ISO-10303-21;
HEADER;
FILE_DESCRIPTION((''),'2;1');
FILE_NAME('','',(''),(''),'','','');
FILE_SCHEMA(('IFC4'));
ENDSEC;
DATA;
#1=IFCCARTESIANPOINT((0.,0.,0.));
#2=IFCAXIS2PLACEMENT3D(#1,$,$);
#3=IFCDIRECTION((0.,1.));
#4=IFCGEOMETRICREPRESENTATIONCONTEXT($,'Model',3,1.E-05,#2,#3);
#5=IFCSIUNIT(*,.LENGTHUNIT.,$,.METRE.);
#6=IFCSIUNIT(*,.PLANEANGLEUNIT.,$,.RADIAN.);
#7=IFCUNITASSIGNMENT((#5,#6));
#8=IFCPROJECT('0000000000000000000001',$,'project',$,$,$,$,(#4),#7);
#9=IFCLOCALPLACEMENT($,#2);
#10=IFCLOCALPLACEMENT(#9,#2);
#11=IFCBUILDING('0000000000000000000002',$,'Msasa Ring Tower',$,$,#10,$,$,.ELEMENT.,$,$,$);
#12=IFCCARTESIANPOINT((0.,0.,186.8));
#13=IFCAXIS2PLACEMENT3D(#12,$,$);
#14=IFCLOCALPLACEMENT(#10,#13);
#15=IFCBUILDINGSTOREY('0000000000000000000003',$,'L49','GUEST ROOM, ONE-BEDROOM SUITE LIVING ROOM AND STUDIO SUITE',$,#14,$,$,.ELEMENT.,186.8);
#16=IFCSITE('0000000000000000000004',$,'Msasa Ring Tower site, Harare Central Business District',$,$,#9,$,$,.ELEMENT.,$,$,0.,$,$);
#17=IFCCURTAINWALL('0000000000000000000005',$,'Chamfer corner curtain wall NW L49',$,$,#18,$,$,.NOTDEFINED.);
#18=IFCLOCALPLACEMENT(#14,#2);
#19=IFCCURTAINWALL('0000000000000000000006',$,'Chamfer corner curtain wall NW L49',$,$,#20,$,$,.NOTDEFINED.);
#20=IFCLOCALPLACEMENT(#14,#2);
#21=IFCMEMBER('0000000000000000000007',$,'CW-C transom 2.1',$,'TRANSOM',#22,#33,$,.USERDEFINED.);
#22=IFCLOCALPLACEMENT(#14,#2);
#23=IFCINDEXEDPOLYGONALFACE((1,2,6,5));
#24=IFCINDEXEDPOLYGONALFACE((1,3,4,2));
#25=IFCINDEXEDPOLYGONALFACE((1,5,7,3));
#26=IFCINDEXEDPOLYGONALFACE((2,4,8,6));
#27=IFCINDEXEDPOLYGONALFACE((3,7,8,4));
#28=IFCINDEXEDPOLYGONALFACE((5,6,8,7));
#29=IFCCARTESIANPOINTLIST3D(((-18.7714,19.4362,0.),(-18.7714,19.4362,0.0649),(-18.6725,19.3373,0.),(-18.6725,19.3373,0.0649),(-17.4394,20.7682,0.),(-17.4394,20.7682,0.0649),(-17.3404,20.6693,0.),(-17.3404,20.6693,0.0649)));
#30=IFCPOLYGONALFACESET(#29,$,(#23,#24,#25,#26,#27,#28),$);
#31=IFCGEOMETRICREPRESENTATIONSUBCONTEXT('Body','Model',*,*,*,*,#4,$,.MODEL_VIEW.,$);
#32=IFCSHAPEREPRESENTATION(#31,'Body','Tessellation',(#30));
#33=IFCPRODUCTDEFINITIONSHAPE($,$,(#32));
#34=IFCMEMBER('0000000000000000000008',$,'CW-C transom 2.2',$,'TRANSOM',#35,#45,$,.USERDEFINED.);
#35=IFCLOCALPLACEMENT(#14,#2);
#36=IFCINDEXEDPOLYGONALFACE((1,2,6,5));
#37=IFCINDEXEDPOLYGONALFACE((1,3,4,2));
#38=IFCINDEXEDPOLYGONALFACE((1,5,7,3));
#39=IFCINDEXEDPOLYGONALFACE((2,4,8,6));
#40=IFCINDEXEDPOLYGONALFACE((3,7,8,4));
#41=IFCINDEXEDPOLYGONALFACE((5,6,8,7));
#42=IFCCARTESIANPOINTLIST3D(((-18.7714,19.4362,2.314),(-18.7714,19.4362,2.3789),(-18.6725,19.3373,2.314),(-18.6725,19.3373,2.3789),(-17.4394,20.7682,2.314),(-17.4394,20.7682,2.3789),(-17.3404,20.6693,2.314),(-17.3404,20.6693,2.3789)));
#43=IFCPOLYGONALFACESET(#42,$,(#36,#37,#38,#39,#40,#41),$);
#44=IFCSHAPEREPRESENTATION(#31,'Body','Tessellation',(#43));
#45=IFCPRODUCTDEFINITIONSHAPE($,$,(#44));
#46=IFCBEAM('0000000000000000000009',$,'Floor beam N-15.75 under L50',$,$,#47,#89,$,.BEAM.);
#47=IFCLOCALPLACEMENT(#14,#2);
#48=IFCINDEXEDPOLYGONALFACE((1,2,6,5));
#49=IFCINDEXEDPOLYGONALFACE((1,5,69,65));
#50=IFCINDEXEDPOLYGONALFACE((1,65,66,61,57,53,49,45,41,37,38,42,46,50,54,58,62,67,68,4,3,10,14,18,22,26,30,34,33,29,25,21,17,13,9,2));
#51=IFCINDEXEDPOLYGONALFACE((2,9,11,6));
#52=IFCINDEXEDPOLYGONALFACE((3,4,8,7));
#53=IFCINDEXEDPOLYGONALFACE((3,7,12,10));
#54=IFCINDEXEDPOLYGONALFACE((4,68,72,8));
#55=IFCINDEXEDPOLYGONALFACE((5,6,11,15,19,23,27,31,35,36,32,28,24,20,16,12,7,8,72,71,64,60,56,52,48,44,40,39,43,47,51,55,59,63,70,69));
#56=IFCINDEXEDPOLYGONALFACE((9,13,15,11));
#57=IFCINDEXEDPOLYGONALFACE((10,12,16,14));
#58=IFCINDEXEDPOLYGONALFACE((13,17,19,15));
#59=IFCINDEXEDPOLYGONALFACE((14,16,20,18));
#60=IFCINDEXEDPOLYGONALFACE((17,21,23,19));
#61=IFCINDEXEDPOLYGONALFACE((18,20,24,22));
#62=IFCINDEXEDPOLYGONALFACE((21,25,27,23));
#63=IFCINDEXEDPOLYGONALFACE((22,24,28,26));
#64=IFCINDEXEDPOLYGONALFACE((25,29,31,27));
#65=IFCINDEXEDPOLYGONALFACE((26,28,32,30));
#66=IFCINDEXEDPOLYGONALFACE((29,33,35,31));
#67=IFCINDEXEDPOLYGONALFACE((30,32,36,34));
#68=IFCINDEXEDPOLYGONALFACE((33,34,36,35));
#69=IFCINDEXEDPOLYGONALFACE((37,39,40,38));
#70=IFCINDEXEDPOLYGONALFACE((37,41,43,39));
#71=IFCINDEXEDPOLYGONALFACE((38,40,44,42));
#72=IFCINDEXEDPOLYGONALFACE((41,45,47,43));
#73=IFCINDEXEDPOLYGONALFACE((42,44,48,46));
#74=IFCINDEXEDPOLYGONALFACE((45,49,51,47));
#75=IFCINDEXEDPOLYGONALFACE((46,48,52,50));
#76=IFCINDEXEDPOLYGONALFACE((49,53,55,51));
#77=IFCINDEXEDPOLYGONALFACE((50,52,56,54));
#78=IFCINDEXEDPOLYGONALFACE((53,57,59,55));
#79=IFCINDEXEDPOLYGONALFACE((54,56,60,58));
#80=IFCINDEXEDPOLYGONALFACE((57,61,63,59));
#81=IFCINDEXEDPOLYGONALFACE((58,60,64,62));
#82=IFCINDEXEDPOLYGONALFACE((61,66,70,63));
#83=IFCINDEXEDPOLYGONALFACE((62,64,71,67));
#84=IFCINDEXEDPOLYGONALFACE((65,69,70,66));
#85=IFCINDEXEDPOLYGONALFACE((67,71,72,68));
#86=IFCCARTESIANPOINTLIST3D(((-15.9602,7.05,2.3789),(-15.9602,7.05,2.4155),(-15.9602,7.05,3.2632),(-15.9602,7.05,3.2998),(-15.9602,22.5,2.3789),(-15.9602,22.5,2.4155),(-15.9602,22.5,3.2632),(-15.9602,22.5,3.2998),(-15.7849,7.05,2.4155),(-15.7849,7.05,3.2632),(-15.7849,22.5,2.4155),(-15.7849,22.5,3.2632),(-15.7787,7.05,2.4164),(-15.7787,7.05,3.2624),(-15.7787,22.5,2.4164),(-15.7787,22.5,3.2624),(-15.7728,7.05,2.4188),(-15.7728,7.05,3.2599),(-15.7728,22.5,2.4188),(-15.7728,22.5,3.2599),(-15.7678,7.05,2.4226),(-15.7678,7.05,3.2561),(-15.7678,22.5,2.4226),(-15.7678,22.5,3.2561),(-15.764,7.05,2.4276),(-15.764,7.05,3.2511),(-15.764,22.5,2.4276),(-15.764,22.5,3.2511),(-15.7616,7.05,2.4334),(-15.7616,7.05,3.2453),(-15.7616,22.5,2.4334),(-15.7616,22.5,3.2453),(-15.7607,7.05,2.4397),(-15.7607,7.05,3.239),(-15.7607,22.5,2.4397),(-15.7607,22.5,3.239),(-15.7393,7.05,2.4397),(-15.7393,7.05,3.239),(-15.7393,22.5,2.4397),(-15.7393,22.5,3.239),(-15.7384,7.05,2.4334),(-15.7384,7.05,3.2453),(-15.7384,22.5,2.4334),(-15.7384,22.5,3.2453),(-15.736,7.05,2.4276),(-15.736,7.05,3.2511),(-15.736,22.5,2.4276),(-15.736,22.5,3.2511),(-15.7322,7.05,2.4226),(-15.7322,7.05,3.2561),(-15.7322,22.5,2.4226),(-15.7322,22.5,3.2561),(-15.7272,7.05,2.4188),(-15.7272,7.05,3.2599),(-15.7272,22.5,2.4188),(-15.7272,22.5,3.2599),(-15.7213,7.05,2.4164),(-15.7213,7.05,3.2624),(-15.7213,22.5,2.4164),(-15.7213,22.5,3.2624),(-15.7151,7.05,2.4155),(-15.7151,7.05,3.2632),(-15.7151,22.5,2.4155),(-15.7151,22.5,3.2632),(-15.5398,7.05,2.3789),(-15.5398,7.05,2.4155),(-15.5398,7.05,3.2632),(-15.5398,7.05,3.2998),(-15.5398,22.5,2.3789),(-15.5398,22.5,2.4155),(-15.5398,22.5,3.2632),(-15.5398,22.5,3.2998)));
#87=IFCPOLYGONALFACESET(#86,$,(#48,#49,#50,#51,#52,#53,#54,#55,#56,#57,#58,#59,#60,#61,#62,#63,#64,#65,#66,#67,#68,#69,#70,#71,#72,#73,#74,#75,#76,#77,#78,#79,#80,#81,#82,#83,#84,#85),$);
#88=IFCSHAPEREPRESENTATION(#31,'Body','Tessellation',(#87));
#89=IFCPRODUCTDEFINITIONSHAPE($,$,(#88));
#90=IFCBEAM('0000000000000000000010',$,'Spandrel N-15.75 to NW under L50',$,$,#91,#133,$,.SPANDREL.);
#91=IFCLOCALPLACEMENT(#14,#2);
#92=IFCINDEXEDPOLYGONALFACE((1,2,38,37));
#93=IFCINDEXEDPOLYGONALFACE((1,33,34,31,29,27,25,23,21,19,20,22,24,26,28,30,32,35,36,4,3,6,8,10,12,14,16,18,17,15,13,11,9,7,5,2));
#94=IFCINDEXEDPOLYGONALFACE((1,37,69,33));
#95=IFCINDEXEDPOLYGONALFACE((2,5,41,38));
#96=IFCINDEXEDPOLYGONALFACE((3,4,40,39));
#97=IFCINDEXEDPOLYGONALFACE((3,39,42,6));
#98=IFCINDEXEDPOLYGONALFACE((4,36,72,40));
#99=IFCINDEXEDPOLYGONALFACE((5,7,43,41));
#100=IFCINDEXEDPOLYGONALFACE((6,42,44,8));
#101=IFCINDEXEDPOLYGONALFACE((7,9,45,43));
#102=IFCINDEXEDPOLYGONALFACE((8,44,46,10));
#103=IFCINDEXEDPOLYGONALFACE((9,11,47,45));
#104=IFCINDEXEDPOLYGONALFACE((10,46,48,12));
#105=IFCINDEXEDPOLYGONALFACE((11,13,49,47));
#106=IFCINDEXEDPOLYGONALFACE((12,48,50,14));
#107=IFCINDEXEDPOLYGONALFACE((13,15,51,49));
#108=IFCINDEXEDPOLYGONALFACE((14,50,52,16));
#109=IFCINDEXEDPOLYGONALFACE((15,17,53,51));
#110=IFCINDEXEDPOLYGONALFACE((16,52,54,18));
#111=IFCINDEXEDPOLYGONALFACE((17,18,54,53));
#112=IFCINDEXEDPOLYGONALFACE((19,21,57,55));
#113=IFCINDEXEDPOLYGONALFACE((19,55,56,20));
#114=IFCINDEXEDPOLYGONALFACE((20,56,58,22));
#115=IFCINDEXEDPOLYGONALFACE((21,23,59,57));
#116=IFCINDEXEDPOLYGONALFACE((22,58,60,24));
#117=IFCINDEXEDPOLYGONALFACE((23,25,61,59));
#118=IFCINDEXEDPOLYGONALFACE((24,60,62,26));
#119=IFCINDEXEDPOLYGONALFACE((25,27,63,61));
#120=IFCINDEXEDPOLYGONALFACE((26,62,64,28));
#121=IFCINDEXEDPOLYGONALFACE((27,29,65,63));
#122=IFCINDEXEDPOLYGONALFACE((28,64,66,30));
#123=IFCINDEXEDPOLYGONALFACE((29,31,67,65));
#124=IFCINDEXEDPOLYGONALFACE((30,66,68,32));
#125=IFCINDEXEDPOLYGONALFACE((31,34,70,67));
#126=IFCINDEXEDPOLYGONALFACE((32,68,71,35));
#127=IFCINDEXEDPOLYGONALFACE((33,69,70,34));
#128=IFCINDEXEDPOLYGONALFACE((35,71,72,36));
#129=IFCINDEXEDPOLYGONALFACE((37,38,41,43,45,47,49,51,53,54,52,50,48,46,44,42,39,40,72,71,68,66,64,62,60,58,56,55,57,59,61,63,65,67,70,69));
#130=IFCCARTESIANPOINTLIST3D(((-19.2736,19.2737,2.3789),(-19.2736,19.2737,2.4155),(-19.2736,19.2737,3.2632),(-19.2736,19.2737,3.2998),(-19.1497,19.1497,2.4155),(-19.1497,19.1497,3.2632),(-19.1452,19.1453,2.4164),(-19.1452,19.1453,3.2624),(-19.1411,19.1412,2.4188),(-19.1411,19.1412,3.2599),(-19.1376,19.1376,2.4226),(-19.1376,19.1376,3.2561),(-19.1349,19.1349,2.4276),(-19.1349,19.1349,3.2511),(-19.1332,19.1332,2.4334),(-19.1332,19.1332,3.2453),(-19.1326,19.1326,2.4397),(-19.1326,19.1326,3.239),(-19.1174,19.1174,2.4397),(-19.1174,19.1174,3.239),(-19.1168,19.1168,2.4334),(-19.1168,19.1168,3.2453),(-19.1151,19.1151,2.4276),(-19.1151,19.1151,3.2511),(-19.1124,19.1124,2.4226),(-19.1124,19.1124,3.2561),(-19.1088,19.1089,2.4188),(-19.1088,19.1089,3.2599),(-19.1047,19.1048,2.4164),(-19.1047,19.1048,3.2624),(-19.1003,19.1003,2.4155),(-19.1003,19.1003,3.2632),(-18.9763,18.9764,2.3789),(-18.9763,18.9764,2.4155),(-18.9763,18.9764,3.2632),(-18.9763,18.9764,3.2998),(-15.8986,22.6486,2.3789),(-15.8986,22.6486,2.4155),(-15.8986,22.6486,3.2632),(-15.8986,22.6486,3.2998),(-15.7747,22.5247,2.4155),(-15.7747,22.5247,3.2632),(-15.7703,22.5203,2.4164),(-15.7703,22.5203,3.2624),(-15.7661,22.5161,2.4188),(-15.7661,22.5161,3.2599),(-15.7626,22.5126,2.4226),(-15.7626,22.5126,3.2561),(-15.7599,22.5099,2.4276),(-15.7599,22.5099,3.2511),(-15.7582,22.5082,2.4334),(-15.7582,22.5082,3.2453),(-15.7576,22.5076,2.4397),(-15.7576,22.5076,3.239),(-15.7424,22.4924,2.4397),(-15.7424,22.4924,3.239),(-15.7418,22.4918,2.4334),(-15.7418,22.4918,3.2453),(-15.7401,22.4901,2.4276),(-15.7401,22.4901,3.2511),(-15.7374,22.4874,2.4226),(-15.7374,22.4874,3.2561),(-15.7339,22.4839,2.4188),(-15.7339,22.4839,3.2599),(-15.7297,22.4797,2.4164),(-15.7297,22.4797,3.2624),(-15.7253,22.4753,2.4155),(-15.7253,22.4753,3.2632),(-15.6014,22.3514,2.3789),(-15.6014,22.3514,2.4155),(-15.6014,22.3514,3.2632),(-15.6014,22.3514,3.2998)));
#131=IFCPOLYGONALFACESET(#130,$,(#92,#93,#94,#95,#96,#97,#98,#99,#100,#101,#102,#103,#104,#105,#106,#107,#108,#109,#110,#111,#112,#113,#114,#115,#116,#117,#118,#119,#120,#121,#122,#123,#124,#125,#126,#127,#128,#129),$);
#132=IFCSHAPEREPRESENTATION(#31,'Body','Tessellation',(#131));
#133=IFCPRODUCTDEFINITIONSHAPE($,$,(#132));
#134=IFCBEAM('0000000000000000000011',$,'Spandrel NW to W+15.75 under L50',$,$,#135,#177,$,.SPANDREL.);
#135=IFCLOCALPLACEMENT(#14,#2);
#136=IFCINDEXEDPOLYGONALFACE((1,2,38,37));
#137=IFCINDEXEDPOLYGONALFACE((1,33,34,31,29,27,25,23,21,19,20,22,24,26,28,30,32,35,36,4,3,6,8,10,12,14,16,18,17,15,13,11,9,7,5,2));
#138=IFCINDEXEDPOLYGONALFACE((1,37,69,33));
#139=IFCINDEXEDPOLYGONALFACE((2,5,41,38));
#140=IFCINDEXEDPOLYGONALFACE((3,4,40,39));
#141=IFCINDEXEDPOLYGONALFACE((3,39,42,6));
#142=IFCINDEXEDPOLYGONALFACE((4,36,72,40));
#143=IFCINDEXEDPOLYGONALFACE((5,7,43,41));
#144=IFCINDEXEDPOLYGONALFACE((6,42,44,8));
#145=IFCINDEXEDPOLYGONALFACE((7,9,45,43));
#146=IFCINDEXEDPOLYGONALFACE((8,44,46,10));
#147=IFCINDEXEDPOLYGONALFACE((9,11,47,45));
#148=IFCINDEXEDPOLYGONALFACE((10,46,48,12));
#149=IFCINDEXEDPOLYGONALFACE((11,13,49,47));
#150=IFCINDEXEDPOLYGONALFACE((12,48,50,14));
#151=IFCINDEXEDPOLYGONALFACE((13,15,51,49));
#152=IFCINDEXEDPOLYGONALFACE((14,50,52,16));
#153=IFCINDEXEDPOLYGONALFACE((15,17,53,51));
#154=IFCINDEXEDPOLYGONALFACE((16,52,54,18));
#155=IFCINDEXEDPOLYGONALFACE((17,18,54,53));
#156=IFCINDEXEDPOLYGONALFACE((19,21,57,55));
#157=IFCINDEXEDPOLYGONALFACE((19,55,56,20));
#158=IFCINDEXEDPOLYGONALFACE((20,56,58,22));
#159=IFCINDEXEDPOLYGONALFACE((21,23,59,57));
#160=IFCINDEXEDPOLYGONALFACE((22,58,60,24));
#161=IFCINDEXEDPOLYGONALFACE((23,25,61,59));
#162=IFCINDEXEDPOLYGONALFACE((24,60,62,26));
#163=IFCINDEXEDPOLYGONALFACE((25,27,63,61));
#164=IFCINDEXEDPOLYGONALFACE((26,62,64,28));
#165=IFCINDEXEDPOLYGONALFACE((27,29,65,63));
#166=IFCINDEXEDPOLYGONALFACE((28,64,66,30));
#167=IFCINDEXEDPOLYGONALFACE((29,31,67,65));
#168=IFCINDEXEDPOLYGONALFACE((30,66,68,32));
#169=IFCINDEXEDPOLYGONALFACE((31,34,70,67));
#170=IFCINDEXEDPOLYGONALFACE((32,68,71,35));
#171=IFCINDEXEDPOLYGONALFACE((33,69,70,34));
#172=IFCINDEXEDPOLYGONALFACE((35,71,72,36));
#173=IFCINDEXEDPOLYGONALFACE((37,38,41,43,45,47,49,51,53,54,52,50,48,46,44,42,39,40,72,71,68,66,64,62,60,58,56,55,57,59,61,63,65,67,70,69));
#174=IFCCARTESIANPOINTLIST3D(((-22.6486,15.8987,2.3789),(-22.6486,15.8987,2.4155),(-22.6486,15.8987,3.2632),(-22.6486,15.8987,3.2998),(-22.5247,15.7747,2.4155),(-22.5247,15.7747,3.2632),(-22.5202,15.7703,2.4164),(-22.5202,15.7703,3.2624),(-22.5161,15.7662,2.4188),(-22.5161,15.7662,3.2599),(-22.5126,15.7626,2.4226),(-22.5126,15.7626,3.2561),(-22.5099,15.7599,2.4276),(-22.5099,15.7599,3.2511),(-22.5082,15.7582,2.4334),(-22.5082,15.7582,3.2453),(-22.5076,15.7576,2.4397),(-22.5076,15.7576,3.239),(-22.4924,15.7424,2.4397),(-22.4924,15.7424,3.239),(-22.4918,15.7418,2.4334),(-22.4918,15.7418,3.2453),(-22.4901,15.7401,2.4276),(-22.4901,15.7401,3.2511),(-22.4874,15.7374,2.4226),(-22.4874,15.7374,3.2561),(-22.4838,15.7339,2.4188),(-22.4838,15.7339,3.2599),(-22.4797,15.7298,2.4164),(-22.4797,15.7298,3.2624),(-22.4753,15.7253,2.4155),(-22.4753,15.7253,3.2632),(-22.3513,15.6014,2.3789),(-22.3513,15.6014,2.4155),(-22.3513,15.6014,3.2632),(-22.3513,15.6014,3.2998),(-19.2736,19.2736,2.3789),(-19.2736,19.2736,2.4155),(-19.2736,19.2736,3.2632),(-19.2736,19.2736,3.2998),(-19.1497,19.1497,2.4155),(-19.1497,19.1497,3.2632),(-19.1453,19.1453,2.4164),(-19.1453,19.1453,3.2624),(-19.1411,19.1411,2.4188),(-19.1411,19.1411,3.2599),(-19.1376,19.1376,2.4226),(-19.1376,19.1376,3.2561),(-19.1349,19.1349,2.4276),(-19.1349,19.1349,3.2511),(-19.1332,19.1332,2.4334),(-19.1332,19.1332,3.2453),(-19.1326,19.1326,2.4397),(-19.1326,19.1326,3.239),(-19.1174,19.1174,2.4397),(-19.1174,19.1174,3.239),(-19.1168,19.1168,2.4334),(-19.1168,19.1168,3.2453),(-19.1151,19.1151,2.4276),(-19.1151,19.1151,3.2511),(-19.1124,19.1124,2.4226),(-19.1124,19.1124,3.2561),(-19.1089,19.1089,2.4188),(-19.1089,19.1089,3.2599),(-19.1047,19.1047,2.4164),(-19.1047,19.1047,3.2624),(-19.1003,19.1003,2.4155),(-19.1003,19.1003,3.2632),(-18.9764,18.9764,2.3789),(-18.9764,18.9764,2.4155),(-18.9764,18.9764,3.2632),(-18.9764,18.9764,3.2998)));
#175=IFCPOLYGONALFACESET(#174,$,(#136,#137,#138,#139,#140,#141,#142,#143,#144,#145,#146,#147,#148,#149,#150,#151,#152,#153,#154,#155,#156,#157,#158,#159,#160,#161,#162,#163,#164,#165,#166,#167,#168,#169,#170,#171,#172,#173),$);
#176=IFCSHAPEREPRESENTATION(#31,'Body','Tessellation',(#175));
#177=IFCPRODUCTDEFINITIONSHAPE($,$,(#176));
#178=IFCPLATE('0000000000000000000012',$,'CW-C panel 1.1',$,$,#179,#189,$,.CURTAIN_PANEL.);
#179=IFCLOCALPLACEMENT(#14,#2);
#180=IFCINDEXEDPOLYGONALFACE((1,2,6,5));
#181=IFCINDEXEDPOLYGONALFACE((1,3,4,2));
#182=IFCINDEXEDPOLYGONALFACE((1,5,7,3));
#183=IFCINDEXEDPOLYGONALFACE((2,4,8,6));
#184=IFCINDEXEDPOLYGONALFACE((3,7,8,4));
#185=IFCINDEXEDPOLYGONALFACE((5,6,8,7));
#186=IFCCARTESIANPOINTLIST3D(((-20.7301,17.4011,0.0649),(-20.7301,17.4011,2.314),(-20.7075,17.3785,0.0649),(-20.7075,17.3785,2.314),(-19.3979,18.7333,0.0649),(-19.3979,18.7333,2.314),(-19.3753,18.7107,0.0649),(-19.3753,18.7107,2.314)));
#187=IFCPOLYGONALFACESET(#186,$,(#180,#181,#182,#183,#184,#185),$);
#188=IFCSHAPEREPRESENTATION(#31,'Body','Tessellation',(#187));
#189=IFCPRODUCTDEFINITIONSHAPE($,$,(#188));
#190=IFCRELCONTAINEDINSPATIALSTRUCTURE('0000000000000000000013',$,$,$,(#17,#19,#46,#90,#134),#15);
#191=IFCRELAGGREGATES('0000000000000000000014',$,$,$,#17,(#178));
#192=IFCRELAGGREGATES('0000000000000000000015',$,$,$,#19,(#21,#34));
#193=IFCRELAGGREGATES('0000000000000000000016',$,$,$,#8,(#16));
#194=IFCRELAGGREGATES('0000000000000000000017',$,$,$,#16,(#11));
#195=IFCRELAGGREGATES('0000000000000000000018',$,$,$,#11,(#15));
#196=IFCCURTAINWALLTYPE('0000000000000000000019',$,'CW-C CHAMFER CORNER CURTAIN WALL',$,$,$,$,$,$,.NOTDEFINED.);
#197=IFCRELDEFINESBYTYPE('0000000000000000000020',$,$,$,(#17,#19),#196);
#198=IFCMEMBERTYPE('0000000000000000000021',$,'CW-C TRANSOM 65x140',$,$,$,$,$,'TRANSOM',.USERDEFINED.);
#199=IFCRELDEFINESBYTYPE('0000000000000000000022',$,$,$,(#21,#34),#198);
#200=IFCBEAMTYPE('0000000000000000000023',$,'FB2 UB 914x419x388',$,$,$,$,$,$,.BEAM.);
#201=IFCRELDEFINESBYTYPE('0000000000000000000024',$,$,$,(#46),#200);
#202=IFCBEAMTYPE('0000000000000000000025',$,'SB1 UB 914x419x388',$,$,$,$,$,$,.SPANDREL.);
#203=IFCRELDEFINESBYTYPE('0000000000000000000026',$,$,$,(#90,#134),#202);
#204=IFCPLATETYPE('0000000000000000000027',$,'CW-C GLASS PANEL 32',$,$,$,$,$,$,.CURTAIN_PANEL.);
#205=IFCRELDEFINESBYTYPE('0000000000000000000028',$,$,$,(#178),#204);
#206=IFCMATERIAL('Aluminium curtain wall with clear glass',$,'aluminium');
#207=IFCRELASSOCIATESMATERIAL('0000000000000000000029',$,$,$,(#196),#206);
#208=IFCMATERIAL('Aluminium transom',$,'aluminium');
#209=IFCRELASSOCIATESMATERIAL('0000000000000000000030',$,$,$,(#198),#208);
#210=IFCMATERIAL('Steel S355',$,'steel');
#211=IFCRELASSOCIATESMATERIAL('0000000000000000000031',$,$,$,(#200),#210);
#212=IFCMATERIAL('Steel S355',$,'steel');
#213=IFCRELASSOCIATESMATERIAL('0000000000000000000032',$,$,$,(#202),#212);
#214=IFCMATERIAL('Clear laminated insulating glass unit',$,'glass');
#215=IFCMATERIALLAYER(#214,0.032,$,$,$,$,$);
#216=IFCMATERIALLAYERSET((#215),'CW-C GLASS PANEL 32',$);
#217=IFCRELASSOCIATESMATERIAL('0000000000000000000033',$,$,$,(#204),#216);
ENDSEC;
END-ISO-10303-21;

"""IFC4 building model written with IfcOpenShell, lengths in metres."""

from ifc_helpers import new_model, si_unit, direction, frame, origin, origin_2d, place, context, subcontext, project, spatial, rectangle, i_section, extrude, material, layer, layer_set, material_profile, profile_set, type_object, element, aggregate, save


model = new_model("IFC4")

# Units and contexts
model_context = context("Model", 3, precision=1e-05, world=origin(), true_north=direction((0.0, 1.0)))
body_context = subcontext(model_context, "Body", "Model", "MODEL_VIEW")
ifc_project = project(units=[si_unit("LENGTHUNIT", "METRE"), si_unit("PLANEANGLEUNIT", "RADIAN")], contexts=[model_context])

# Site, building, storey
site_placement = place(None, origin())
site = spatial("IfcSite", under=ifc_project, at=site_placement, Name="Msasa Ring Tower site, Harare Central Business District", CompositionType="ELEMENT", RefElevation=0.0)
building_placement = place(site_placement, origin())
building = spatial("IfcBuilding", under=site, at=building_placement, Name="Msasa Ring Tower", CompositionType="ELEMENT")
storey_placement = place(building_placement, frame((0.0, 0.0, 186.8)))
storey = spatial("IfcBuildingStorey", under=building, at=storey_placement, Name="L49", Description="GUEST ROOM, ONE-BEDROOM SUITE LIVING ROOM AND STUDIO SUITE", CompositionType="ELEMENT", Elevation=186.8)

# Curtain walls
ifc_material_1 = material(Name="Aluminium curtain wall with clear glass", Category="aluminium")
curtain_wall_type = type_object("IfcCurtainWallType", Name="CW-C CHAMFER CORNER CURTAIN WALL", PredefinedType="NOTDEFINED", material=ifc_material_1)
curtain_wall_1_placement = place(storey_placement, origin())
curtain_wall_1 = element("IfcCurtainWall", 1, at=curtain_wall_1_placement, inside=storey, type_object=curtain_wall_type, Name="Chamfer corner curtain wall NW L49", PredefinedType="NOTDEFINED")
curtain_wall_2_placement = place(storey_placement, origin())
curtain_wall_2 = element("IfcCurtainWall", 2, at=curtain_wall_2_placement, inside=storey, type_object=curtain_wall_type, Name="Chamfer corner curtain wall NW L49", PredefinedType="NOTDEFINED")

# Members
ifc_material_2 = material(Name="Aluminium transom", Category="aluminium")
ifc_material_profile_1 = material_profile(ifc_material_2, rectangle(XDim=0.1399, YDim=0.0649, at=origin_2d()), Name="AL 65x140")
ifc_profile_set_1 = profile_set([ifc_material_profile_1], Name="Aluminium transom")
member_type_1 = type_object("IfcMemberType", Name="CW-C TRANSOM 65x140", ElementType="TRANSOM", PredefinedType="USERDEFINED", material=ifc_profile_set_1)
member_1_placement = place(storey_placement, frame((-17.3899, 20.7188, 0.0325), z_axis=(-0.707107, -0.707107, 0.0), x_axis=(0.707107, -0.707107, 0.0)))
member_1 = element("IfcMember", 3, at=member_1_placement, type_object=member_type_1, Name="CW-C transom 2.1", ObjectType="TRANSOM", PredefinedType="USERDEFINED", context=body_context, shape_type="SweptSolid", body=[
    extrude(rectangle(XDim=0.1399, YDim=0.0649, at=origin_2d()), origin(), (0.0, 0.0, 1.0), 1.8838),
])
member_2_placement = place(storey_placement, frame((-17.3899, 20.7188, 2.3464), z_axis=(-0.707107, -0.707107, 0.0), x_axis=(0.707107, -0.707107, 0.0)))
member_2 = element("IfcMember", 4, at=member_2_placement, type_object=member_type_1, Name="CW-C transom 2.2", ObjectType="TRANSOM", PredefinedType="USERDEFINED", context=body_context, shape_type="SweptSolid", body=[
    extrude(rectangle(XDim=0.1399, YDim=0.0649, at=origin_2d()), origin(), (0.0, 0.0, 1.0), 1.8838),
])

# Beams
ifc_material_3 = material(Name="Steel S355", Category="steel")
ifc_material_profile_2 = material_profile(ifc_material_3, i_section(OverallWidth=0.4204, OverallDepth=0.9209, WebThickness=0.0215, FlangeThickness=0.0366, FilletRadius=0.0242, at=origin_2d()), Name="UB 914x419x388")
ifc_profile_set_2 = profile_set([ifc_material_profile_2], Name="Steel S355")
beam_type_1 = type_object("IfcBeamType", Name="FB2 UB 914x419x388", PredefinedType="BEAM", material=ifc_profile_set_2)
beam_placement = place(storey_placement, frame((-15.75, 22.5, 2.8394), z_axis=(0.0, -1.0, 0.0), x_axis=(1.0, 0.0, 0.0)))
element("IfcBeam", 5, at=beam_placement, inside=storey, type_object=beam_type_1, Name="Floor beam N-15.75 under L50", PredefinedType="BEAM", context=body_context, shape_type="SweptSolid", body=[
    extrude(i_section(OverallWidth=0.4204, OverallDepth=0.9209, WebThickness=0.0215, FlangeThickness=0.0366, FilletRadius=0.0242, at=origin_2d()), origin(), (0.0, 0.0, 1.0), 15.45),
])
ifc_material_4 = material(Name="Steel S355", Category="steel")
ifc_material_profile_3 = material_profile(ifc_material_4, i_section(OverallWidth=0.4204, OverallDepth=0.9209, WebThickness=0.0215, FlangeThickness=0.0366, FilletRadius=0.0242, at=origin_2d()), Name="UB 914x419x388")
ifc_profile_set_3 = profile_set([ifc_material_profile_3], Name="Steel S355")
beam_type_2 = type_object("IfcBeamType", Name="SB1 UB 914x419x388", PredefinedType="SPANDREL", material=ifc_profile_set_3)
for number, where, z_axis, x_axis, name in (
    (6, (-15.75, 22.5, 2.8394), (-0.707107, -0.707107, 0.0), (0.707107, -0.707107, 0.0), "Spandrel N-15.75 to NW under L50"),
    (7, (-19.125, 19.125, 2.8394), (-0.707107, -0.707107, 0.0), (0.707107, -0.707107, 0.0), "Spandrel NW to W+15.75 under L50"),
):
    element("IfcBeam", number, at=place(storey_placement, frame(where, z_axis=z_axis, x_axis=x_axis)), inside=storey, type_object=beam_type_2, Name=name, PredefinedType="SPANDREL", context=body_context, shape_type="SweptSolid", body=[
        extrude(i_section(OverallWidth=0.4204, OverallDepth=0.9209, WebThickness=0.0215, FlangeThickness=0.0366, FilletRadius=0.0242, at=origin_2d()), origin(), (0.0, 0.0, 1.0), 4.7729),
    ])

# Plate
ifc_material_5 = material(Name="Clear laminated insulating glass unit", Category="glass")
ifc_layer_1 = layer(ifc_material_5, 0.032)
ifc_layer_set_1 = layer_set([ifc_layer_1], Name="CW-C GLASS PANEL 32")
plate_type = type_object("IfcPlateType", Name="CW-C GLASS PANEL 32", PredefinedType="CURTAIN_PANEL", material=ifc_layer_set_1)
plate_1_placement = place(storey_placement, frame((-20.0527, 18.0559, 0.0649), z_axis=(0.0, 0.0, 1.0), x_axis=(-0.707107, -0.707107, 0.0)))
plate_1 = element("IfcPlate", 8, at=plate_1_placement, type_object=plate_type, Name="CW-C panel 1.1", PredefinedType="CURTAIN_PANEL", context=body_context, shape_type="SweptSolid", body=[
    extrude(rectangle(XDim=1.884, YDim=0.032, at=origin_2d()), origin(), (0.0, 0.0, 1.0), 2.249),
])
aggregate(curtain_wall_1, [plate_1])
aggregate(curtain_wall_2, [member_1, member_2])

save(model, "model.ifc")
